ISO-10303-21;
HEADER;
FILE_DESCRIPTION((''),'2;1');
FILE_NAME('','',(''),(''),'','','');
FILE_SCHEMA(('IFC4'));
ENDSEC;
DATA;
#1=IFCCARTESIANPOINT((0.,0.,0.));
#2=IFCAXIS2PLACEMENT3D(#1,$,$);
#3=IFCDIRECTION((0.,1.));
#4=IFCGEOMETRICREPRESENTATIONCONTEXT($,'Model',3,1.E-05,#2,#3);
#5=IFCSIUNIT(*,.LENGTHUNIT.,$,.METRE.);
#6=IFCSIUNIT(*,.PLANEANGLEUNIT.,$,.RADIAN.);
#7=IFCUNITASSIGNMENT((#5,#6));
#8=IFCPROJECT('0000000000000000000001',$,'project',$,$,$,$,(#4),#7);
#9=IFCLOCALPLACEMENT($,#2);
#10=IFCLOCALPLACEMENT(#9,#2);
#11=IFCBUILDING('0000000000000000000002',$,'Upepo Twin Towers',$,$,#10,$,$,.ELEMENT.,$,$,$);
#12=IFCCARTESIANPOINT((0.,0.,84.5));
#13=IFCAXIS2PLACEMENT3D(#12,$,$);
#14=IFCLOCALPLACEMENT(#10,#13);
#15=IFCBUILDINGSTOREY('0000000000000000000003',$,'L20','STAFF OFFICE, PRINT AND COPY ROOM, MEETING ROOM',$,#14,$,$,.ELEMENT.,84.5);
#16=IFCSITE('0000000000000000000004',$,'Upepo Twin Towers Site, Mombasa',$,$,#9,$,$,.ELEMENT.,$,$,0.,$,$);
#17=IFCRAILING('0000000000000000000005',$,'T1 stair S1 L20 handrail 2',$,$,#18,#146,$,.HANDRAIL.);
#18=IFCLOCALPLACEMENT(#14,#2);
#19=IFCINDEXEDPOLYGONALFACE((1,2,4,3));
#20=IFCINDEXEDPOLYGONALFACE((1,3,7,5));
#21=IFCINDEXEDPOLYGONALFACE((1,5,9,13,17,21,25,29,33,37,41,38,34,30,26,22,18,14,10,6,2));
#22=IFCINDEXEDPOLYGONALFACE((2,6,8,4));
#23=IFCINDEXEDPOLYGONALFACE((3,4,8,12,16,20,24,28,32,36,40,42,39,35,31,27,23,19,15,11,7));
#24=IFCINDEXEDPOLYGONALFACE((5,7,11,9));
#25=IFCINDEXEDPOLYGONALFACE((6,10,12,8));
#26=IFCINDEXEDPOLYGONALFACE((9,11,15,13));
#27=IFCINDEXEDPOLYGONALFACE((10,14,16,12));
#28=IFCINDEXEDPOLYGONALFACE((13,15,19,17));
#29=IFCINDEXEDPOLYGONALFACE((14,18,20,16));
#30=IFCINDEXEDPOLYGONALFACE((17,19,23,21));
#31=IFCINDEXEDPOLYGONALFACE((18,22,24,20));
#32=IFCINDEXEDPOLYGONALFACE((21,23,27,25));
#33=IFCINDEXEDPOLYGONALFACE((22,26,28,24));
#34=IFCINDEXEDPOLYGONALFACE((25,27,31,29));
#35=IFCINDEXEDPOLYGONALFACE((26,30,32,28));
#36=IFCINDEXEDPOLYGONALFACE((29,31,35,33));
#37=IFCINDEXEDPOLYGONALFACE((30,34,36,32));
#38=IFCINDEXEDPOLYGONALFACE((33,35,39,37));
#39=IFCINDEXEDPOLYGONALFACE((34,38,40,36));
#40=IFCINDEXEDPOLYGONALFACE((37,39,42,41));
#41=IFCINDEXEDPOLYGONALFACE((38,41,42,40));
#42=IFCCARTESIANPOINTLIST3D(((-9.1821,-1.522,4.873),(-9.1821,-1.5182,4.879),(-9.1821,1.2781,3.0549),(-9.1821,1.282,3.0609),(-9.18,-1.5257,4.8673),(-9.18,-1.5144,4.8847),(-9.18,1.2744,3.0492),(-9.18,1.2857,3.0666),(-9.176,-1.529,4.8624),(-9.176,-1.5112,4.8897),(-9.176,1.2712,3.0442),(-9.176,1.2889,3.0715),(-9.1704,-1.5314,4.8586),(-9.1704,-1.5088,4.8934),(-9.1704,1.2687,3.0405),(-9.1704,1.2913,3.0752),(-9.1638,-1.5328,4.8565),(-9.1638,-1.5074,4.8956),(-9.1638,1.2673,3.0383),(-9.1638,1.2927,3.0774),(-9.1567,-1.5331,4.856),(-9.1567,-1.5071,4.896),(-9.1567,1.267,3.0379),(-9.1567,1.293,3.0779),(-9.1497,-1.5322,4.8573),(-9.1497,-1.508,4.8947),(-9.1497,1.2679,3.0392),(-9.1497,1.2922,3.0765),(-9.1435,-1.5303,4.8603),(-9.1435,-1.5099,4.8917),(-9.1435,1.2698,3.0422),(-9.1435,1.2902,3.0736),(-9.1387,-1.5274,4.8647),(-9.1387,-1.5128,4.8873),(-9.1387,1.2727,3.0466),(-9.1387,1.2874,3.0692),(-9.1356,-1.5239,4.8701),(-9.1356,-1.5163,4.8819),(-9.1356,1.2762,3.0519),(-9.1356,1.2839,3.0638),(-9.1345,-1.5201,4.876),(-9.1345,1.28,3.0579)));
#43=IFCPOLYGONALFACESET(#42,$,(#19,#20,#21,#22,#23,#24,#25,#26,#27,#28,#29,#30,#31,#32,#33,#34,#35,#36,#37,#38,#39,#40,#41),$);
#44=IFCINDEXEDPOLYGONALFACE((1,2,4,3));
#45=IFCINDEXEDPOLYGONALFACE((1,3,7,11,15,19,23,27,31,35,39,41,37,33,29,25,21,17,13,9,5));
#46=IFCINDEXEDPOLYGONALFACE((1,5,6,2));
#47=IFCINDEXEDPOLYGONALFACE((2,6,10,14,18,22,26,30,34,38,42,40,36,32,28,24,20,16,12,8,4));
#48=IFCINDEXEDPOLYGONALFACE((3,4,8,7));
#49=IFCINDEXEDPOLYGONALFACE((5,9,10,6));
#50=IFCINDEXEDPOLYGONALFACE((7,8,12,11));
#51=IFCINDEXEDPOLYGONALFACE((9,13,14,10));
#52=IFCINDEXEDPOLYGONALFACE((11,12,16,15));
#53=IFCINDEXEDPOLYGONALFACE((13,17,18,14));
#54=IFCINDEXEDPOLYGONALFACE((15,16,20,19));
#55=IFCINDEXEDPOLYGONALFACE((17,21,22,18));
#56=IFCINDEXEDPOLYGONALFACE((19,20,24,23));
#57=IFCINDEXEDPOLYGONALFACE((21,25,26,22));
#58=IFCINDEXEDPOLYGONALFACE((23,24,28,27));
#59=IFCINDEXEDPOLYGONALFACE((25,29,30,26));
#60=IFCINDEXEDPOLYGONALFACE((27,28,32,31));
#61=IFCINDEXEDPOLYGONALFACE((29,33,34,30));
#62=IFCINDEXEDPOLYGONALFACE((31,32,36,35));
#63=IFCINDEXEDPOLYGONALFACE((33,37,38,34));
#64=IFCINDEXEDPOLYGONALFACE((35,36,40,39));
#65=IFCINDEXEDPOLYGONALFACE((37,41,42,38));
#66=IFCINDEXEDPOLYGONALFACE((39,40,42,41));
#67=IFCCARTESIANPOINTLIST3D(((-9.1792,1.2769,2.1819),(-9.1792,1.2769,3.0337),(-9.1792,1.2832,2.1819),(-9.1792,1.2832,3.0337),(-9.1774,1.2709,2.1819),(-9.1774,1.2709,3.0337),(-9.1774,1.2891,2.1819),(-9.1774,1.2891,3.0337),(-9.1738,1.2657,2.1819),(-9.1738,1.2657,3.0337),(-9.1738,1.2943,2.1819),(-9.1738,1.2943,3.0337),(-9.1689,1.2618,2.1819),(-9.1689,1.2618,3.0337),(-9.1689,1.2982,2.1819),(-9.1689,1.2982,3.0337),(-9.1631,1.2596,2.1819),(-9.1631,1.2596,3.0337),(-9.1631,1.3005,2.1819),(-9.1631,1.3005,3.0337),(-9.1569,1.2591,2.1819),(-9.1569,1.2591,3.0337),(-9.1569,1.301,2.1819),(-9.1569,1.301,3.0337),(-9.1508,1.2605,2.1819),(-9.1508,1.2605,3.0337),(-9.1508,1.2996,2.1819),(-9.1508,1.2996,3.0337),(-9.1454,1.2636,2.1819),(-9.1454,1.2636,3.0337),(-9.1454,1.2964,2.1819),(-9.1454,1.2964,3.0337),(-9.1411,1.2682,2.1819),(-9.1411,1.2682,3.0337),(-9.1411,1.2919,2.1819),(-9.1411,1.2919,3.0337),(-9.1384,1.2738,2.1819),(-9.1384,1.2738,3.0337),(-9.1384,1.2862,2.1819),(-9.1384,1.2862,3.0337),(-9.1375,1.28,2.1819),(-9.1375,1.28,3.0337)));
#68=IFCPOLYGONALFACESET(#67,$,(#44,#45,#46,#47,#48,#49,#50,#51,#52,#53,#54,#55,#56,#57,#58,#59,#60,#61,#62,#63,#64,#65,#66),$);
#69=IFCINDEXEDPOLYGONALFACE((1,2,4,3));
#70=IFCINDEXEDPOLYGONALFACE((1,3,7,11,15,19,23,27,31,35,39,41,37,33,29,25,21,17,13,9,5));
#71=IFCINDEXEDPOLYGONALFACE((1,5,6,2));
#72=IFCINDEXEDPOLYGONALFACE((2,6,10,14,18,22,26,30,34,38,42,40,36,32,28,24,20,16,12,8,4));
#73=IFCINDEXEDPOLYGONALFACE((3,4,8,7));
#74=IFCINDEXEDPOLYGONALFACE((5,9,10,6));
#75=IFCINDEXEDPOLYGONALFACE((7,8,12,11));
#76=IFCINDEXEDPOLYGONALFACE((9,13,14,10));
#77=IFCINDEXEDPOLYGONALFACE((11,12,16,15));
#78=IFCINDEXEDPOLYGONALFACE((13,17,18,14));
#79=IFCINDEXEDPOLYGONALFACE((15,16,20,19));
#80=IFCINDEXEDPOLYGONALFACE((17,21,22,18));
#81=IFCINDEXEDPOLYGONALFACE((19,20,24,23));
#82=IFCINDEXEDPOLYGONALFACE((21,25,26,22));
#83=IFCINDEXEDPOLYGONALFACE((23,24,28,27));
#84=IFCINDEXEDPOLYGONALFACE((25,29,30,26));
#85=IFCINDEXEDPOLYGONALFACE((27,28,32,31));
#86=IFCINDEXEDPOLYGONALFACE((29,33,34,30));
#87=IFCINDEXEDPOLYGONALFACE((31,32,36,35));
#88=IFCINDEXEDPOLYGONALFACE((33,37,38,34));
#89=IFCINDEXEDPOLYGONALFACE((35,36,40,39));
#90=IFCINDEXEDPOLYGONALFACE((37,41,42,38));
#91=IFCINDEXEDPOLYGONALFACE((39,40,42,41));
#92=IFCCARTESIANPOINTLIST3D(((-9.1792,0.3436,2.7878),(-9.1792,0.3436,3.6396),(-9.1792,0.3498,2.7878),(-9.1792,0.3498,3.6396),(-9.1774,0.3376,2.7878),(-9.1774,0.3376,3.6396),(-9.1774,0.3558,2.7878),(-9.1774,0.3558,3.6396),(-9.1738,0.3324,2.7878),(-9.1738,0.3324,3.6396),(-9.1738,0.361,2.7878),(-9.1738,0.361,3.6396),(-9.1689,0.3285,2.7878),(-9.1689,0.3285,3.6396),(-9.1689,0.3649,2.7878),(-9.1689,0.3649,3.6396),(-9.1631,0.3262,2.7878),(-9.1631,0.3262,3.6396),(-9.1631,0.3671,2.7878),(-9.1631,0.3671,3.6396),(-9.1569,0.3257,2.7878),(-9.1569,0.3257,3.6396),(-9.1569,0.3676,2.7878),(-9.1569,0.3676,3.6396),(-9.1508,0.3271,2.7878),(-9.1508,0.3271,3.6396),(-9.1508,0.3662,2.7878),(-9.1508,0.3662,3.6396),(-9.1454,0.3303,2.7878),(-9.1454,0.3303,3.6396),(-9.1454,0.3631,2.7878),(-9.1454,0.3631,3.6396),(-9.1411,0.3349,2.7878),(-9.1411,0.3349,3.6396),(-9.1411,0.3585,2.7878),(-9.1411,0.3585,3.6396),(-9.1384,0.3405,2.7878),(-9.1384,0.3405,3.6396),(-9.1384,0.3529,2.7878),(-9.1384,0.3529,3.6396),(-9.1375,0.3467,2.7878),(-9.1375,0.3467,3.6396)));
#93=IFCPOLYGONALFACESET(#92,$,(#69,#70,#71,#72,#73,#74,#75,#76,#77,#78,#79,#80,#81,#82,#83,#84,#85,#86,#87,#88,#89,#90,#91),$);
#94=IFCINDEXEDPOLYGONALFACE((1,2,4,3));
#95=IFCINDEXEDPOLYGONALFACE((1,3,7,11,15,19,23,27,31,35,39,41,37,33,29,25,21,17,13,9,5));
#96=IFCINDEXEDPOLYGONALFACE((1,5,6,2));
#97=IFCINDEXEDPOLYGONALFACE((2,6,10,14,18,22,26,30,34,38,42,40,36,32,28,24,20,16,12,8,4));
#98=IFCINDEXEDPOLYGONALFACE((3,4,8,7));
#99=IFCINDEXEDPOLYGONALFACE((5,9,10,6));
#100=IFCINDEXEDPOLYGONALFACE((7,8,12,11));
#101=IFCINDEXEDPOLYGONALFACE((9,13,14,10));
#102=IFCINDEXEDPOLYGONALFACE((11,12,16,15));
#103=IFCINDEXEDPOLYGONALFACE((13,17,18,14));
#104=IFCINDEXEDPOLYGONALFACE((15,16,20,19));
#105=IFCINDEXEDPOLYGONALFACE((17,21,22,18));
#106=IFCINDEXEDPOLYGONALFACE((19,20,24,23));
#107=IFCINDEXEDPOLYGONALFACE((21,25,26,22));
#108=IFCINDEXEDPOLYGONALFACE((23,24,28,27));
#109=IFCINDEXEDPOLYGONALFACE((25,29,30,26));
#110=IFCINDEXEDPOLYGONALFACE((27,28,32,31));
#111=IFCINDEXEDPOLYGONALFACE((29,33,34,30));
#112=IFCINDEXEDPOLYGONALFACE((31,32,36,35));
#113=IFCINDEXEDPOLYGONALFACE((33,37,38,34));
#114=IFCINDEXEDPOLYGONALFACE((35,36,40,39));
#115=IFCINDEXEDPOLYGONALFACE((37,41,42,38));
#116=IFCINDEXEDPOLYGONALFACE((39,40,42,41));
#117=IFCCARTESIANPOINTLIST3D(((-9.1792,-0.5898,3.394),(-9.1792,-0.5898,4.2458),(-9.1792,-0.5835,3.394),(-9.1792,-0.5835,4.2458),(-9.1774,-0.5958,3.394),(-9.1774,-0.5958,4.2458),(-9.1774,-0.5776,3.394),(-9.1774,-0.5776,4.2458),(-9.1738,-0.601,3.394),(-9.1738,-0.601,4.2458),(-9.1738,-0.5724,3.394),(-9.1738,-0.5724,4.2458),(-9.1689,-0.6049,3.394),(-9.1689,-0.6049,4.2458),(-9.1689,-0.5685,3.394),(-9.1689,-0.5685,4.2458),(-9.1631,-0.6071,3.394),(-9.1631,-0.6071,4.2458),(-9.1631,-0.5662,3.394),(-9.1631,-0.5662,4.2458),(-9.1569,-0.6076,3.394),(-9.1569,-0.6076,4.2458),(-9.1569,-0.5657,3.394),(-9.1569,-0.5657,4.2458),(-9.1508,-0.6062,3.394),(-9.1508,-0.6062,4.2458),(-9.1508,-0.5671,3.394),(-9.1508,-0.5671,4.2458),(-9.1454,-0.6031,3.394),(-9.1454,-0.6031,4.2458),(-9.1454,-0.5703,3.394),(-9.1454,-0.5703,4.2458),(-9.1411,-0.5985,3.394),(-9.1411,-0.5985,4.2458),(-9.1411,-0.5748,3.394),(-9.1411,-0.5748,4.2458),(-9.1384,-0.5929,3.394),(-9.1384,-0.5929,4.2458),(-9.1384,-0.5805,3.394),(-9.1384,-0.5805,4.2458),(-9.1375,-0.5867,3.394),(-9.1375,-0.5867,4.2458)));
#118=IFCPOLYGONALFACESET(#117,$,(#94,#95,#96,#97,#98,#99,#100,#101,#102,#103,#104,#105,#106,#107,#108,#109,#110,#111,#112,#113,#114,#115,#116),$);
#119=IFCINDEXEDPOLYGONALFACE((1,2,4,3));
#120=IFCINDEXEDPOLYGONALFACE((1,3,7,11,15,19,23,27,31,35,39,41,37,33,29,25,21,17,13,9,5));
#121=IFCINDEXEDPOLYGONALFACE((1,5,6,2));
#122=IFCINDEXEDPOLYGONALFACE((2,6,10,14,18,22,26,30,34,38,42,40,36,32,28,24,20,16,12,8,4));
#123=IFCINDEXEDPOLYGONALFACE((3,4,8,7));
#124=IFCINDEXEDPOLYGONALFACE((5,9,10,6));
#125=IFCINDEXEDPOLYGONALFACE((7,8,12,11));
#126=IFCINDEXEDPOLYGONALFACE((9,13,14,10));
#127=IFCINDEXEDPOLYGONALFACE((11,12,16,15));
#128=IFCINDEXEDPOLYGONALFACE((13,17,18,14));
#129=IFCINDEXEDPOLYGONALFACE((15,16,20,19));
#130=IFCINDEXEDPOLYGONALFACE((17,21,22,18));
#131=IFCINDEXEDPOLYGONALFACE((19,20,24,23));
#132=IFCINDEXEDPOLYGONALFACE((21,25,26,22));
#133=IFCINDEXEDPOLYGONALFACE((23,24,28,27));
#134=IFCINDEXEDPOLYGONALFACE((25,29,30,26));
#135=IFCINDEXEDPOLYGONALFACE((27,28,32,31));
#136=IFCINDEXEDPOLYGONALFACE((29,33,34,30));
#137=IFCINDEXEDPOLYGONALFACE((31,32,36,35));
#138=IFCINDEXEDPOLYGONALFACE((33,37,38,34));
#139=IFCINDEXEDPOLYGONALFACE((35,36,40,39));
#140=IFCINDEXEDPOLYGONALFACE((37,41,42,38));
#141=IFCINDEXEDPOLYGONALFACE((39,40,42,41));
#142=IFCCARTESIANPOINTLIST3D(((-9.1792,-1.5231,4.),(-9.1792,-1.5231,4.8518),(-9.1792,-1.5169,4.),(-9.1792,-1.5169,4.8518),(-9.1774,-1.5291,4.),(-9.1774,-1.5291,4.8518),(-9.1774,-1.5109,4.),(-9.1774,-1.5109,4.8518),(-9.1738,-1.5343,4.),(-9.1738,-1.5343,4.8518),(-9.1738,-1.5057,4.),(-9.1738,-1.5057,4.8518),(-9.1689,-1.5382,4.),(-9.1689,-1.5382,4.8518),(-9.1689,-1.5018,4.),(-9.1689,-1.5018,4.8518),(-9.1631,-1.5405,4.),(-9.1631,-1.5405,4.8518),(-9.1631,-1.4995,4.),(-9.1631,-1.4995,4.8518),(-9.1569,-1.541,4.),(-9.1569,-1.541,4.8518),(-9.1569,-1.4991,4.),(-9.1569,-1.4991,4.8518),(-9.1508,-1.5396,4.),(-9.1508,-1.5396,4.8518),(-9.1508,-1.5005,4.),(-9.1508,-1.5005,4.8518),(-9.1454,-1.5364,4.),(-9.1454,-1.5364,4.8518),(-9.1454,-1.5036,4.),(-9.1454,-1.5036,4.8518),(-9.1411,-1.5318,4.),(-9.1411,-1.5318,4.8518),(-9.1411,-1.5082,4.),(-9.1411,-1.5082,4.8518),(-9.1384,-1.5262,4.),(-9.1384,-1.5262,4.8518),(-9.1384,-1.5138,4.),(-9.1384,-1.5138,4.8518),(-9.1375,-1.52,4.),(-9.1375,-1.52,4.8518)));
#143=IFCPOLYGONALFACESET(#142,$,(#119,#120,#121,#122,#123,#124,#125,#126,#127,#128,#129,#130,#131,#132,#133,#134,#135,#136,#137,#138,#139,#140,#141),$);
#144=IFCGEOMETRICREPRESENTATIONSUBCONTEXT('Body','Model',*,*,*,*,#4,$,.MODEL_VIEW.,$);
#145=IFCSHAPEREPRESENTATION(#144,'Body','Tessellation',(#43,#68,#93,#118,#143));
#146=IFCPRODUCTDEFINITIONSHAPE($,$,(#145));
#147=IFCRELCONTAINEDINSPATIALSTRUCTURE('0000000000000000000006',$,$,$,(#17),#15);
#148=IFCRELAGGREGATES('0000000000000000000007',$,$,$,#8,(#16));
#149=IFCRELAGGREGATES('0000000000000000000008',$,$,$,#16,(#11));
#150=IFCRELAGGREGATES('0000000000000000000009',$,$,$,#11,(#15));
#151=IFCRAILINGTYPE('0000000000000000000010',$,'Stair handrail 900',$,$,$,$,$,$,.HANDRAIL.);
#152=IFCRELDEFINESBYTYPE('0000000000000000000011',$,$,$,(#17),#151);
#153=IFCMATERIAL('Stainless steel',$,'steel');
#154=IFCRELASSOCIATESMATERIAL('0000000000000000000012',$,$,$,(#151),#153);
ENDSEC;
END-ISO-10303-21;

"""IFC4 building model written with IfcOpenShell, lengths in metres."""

from ifc_helpers import new_model, si_unit, direction, frame, origin, origin_2d, place, context, subcontext, project, spatial, circle, extrude, material, type_object, element, save


model = new_model("IFC4")

# Units and contexts
model_context = context("Model", 3, precision=1e-05, world=origin(), true_north=direction((0.0, 1.0)))
body_context = subcontext(model_context, "Body", "Model", "MODEL_VIEW")
ifc_project = project(units=[si_unit("LENGTHUNIT", "METRE"), si_unit("PLANEANGLEUNIT", "RADIAN")], contexts=[model_context])

# Site, building, storey
site_placement = place(None, origin())
site = spatial("IfcSite", under=ifc_project, at=site_placement, Name="Upepo Twin Towers Site, Mombasa", CompositionType="ELEMENT", RefElevation=0.0)
building_placement = place(site_placement, origin())
building = spatial("IfcBuilding", under=site, at=building_placement, Name="Upepo Twin Towers", CompositionType="ELEMENT")
storey_placement = place(building_placement, frame((0.0, 0.0, 84.5)))
storey = spatial("IfcBuildingStorey", under=building, at=storey_placement, Name="L20", Description="STAFF OFFICE, PRINT AND COPY ROOM, MEETING ROOM", CompositionType="ELEMENT", Elevation=84.5)

# Railing
ifc_material_1 = material(Name="Stainless steel", Category="steel")
railing_type = type_object("IfcRailingType", Name="Stair handrail 900", PredefinedType="HANDRAIL", material=ifc_material_1)
railing_placement = place(storey_placement, frame((-9.1584, 1.28, 2.1819)))
element("IfcRailing", 1, at=railing_placement, inside=storey, type_object=railing_type, Name="T1 stair S1 L20 handrail 2", PredefinedType="HANDRAIL", context=body_context, shape_type="SweptSolid", body=[
    extrude(circle(Radius=0.0239, at=origin_2d()), frame((0.0, 0.0, 0.876), z_axis=(0.0, -0.838706, 0.544585), x_axis=(1.0, 0.0, 0.0)), (0.0, 0.0, 1.0), 3.3386),
    extrude(circle(Radius=0.021, at=origin_2d()), origin(), (0.0, 0.0, 1.0), 0.8518),
    extrude(circle(Radius=0.021, at=origin_2d()), frame((0.0, -0.9333, 0.606)), (0.0, 0.0, 1.0), 0.8518),
    extrude(circle(Radius=0.021, at=origin_2d()), frame((0.0, -1.8667, 1.2122)), (0.0, 0.0, 1.0), 0.8518),
    extrude(circle(Radius=0.021, at=origin_2d()), frame((0.0, -2.8, 1.8181)), (0.0, 0.0, 1.0), 0.8518),
])

save(model, "model.ifc")
